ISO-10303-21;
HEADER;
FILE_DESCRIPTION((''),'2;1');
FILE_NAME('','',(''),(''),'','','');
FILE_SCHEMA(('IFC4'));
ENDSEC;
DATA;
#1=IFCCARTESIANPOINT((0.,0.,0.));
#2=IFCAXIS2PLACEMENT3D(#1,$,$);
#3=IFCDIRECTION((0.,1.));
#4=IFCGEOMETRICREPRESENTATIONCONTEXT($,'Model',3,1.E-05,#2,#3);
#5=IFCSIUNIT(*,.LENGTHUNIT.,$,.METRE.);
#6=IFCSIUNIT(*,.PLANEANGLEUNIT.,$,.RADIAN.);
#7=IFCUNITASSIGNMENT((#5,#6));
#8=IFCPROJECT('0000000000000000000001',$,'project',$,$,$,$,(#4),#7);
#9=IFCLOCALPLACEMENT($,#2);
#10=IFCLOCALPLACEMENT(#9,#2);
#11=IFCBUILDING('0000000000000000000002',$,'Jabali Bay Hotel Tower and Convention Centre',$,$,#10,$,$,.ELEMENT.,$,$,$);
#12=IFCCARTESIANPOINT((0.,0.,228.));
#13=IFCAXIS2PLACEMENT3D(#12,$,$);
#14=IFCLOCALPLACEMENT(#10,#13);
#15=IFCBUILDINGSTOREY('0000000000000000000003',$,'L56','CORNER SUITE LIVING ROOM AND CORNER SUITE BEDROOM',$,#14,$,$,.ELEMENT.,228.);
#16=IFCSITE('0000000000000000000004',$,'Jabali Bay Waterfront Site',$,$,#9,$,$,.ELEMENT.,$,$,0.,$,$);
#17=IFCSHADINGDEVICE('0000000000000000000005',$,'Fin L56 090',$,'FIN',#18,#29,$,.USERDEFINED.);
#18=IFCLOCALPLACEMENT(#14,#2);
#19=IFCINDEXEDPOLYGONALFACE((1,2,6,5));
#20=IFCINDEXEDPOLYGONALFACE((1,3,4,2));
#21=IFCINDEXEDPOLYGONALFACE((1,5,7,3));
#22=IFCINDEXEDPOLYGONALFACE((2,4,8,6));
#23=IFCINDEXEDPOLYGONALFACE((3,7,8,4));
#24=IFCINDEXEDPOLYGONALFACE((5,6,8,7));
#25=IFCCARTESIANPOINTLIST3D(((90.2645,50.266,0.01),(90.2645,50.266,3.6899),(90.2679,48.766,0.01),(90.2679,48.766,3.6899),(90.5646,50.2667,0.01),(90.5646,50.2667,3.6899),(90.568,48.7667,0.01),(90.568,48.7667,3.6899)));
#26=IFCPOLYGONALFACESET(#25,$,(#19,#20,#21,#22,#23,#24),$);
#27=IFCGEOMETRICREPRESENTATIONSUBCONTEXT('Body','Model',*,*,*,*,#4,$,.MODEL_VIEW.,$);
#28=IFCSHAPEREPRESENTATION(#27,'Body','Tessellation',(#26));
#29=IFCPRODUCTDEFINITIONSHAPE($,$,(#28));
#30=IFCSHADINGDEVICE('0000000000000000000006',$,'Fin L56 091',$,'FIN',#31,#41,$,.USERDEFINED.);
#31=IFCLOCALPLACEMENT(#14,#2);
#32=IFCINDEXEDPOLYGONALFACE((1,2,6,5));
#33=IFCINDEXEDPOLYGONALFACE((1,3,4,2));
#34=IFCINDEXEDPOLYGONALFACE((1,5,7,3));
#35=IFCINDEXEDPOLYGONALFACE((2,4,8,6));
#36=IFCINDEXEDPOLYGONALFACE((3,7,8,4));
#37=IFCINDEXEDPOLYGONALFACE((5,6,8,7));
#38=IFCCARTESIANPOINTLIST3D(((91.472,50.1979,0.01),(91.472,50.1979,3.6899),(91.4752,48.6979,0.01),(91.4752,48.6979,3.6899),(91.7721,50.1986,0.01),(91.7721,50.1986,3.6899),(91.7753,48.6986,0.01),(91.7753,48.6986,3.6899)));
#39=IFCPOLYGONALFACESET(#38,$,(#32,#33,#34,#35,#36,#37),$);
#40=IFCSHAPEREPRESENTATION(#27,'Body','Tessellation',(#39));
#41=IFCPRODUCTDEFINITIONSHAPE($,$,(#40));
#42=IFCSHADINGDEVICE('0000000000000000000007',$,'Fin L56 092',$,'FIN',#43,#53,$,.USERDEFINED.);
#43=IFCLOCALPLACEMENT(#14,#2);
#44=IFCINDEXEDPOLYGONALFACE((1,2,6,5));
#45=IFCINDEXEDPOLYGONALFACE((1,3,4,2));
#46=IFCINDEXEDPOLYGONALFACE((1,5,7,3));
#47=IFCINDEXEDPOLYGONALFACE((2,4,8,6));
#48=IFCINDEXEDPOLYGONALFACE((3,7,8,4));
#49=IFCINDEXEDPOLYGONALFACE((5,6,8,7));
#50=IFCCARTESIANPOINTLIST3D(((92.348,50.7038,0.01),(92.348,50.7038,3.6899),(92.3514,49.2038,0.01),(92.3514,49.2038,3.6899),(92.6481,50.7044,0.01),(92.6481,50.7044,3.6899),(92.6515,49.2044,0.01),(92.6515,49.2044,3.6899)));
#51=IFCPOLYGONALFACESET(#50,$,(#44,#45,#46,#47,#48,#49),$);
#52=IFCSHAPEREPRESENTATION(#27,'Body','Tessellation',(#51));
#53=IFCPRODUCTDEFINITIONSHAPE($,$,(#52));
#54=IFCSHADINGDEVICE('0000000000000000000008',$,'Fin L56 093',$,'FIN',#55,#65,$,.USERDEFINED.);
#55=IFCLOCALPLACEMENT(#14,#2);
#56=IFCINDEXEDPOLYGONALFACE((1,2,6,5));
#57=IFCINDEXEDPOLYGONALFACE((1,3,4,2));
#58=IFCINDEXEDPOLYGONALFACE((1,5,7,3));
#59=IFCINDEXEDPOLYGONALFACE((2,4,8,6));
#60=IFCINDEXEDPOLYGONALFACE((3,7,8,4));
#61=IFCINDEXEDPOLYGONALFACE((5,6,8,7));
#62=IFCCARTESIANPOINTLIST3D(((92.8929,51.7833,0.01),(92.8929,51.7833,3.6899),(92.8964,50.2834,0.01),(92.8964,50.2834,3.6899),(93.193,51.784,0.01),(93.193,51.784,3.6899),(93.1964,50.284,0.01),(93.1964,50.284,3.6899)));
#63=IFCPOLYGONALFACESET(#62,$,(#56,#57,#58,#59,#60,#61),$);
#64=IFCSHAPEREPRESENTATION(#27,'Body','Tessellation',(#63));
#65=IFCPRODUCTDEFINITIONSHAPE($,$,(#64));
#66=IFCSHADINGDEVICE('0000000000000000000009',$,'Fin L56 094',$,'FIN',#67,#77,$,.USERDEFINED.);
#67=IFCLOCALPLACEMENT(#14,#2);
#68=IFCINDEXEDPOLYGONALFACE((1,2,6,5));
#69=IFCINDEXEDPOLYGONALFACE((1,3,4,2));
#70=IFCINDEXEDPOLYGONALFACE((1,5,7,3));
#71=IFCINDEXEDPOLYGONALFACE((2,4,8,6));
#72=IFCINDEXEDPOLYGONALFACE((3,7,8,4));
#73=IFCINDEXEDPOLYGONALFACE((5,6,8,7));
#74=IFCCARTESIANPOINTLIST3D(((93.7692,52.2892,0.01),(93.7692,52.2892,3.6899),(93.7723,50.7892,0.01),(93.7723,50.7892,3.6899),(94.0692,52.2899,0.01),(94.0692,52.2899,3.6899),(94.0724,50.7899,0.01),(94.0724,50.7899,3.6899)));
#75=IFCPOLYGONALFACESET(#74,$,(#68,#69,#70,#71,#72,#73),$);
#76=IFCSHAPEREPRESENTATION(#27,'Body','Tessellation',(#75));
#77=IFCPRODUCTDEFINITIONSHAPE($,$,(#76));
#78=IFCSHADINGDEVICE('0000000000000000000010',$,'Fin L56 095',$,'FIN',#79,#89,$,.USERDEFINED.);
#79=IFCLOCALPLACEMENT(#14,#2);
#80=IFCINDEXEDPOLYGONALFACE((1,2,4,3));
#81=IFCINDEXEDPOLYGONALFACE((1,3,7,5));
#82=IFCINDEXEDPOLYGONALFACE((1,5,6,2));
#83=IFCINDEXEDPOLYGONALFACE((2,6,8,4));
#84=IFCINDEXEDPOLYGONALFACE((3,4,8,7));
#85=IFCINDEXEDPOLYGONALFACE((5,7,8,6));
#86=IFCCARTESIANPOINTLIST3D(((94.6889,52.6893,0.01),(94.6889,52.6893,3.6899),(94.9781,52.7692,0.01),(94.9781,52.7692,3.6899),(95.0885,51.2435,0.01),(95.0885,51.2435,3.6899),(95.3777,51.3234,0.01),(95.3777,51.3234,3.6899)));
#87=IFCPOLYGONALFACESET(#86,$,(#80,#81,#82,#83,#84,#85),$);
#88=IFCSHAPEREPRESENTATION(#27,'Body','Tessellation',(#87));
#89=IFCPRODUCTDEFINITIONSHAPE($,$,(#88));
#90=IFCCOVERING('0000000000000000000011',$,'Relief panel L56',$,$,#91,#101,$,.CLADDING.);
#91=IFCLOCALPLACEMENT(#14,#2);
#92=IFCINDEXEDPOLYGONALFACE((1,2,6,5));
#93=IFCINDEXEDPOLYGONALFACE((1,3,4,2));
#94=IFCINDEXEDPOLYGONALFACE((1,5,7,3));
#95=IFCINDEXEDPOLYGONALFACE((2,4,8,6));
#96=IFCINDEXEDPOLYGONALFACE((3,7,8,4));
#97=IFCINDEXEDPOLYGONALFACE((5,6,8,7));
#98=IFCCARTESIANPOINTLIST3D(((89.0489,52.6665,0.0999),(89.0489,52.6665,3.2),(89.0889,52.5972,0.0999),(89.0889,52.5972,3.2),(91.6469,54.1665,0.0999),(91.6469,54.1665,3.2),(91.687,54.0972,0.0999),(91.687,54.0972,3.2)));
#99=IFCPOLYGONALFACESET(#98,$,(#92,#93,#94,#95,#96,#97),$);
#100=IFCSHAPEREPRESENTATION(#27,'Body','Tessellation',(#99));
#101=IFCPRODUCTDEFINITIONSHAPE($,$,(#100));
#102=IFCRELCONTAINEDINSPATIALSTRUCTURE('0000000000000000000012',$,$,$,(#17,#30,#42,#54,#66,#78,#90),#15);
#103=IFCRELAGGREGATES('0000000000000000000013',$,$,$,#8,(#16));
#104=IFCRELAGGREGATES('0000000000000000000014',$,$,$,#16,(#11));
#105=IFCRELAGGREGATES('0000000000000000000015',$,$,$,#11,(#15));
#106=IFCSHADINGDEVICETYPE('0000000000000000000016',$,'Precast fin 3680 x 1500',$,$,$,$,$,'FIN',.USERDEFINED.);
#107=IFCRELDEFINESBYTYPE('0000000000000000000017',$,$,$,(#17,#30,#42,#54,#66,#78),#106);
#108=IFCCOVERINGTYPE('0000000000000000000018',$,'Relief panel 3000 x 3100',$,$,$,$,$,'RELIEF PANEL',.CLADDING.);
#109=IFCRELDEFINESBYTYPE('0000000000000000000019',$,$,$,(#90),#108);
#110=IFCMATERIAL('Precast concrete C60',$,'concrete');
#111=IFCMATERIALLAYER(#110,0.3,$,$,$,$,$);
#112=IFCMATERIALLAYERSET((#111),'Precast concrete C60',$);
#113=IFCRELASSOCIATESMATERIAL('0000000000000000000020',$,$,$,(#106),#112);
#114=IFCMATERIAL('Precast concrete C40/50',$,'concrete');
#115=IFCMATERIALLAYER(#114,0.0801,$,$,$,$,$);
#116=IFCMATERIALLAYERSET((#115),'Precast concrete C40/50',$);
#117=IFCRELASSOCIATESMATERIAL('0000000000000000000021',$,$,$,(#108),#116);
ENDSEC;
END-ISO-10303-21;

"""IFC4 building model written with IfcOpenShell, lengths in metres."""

from ifc_helpers import new_model, si_unit, direction, frame, frame_2d, origin, origin_2d, place, context, subcontext, project, spatial, rectangle, extrude, material, layer, layer_set, type_object, element, save


model = new_model("IFC4")

# Units and contexts
model_context = context("Model", 3, precision=1e-05, world=origin(), true_north=direction((0.0, 1.0)))
body_context = subcontext(model_context, "Body", "Model", "MODEL_VIEW")
ifc_project = project(units=[si_unit("LENGTHUNIT", "METRE"), si_unit("PLANEANGLEUNIT", "RADIAN")], contexts=[model_context])

# Site, building, storey
site_placement = place(None, origin())
site = spatial("IfcSite", under=ifc_project, at=site_placement, Name="Jabali Bay Waterfront Site", CompositionType="ELEMENT", RefElevation=0.0)
building_placement = place(site_placement, origin())
building = spatial("IfcBuilding", under=site, at=building_placement, Name="Jabali Bay Hotel Tower and Convention Centre", CompositionType="ELEMENT")
storey_placement = place(building_placement, frame((0.0, 0.0, 228.0)))
storey = spatial("IfcBuildingStorey", under=building, at=storey_placement, Name="L56", Description="CORNER SUITE LIVING ROOM AND CORNER SUITE BEDROOM", CompositionType="ELEMENT", Elevation=228.0)

# Shading devices
ifc_material_1 = material(Name="Precast concrete C60", Category="concrete")
ifc_layer_1 = layer(ifc_material_1, 0.3)
ifc_layer_set_1 = layer_set([ifc_layer_1], Name="Precast concrete C60")
shading_device_type_1 = type_object("IfcShadingDeviceType", Name="Precast fin 3680 x 1500", ElementType="FIN", PredefinedType="USERDEFINED", material=ifc_layer_set_1)
for number, where, z_axis, x_axis, name in (
    (1, (90.4146, 50.2664, 0.01), (0.0, 0.0, 1.0), (0.002279, -0.999997, 0.0), "Fin L56 090"),
    (2, (91.6221, 50.1982, 0.01), (0.0, 0.0, 1.0), (0.002116, -0.999998, 0.0), "Fin L56 091"),
    (3, (92.498, 50.7041, 0.01), (0.0, 0.0, 1.0), (0.002279, -0.999997, 0.0), "Fin L56 092"),
    (4, (93.043, 51.7837, 0.01), (0.0, 0.0, 1.0), (0.002279, -0.999997, 0.0), "Fin L56 093"),
    (5, (93.9192, 52.2896, 0.01), (0.0, 0.0, 1.0), (0.002116, -0.999998, 0.0), "Fin L56 094"),
    (6, (94.8335, 52.7292, 0.01), (0.0, 0.0, 1.0), (0.266435, -0.963853, 0.0), "Fin L56 095"),
):
    element("IfcShadingDevice", number, at=place(storey_placement, frame(where, z_axis=z_axis, x_axis=x_axis)), inside=storey, type_object=shading_device_type_1, Name=name, ObjectType="FIN", PredefinedType="USERDEFINED", context=body_context, shape_type="SweptSolid", body=[
        extrude(rectangle(XDim=1.5, YDim=0.3, at=frame_2d((0.75, 0.0))), origin(), (0.0, 0.0, 1.0), 3.6799),
    ])

# Covering
ifc_material_2 = material(Name="Precast concrete C40/50", Category="concrete")
ifc_layer_2 = layer(ifc_material_2, 0.0801)
ifc_layer_set_2 = layer_set([ifc_layer_2], Name="Precast concrete C40/50")
covering_type = type_object("IfcCoveringType", Name="Relief panel 3000 x 3100", ElementType="RELIEF PANEL", PredefinedType="CLADDING", material=ifc_layer_set_2)
covering_placement = place(storey_placement, frame((90.3679, 53.3818, 0.0999), z_axis=(0.0, 0.0, 1.0), x_axis=(-0.866025, -0.5, 0.0)))
element("IfcCovering", 7, at=covering_placement, inside=storey, type_object=covering_type, Name="Relief panel L56", PredefinedType="CLADDING", context=body_context, shape_type="SweptSolid", body=[
    extrude(rectangle(XDim=3.0, YDim=0.0801, at=origin_2d()), origin(), (0.0, 0.0, 1.0), 3.1001),
])

save(model, "model.ifc")
